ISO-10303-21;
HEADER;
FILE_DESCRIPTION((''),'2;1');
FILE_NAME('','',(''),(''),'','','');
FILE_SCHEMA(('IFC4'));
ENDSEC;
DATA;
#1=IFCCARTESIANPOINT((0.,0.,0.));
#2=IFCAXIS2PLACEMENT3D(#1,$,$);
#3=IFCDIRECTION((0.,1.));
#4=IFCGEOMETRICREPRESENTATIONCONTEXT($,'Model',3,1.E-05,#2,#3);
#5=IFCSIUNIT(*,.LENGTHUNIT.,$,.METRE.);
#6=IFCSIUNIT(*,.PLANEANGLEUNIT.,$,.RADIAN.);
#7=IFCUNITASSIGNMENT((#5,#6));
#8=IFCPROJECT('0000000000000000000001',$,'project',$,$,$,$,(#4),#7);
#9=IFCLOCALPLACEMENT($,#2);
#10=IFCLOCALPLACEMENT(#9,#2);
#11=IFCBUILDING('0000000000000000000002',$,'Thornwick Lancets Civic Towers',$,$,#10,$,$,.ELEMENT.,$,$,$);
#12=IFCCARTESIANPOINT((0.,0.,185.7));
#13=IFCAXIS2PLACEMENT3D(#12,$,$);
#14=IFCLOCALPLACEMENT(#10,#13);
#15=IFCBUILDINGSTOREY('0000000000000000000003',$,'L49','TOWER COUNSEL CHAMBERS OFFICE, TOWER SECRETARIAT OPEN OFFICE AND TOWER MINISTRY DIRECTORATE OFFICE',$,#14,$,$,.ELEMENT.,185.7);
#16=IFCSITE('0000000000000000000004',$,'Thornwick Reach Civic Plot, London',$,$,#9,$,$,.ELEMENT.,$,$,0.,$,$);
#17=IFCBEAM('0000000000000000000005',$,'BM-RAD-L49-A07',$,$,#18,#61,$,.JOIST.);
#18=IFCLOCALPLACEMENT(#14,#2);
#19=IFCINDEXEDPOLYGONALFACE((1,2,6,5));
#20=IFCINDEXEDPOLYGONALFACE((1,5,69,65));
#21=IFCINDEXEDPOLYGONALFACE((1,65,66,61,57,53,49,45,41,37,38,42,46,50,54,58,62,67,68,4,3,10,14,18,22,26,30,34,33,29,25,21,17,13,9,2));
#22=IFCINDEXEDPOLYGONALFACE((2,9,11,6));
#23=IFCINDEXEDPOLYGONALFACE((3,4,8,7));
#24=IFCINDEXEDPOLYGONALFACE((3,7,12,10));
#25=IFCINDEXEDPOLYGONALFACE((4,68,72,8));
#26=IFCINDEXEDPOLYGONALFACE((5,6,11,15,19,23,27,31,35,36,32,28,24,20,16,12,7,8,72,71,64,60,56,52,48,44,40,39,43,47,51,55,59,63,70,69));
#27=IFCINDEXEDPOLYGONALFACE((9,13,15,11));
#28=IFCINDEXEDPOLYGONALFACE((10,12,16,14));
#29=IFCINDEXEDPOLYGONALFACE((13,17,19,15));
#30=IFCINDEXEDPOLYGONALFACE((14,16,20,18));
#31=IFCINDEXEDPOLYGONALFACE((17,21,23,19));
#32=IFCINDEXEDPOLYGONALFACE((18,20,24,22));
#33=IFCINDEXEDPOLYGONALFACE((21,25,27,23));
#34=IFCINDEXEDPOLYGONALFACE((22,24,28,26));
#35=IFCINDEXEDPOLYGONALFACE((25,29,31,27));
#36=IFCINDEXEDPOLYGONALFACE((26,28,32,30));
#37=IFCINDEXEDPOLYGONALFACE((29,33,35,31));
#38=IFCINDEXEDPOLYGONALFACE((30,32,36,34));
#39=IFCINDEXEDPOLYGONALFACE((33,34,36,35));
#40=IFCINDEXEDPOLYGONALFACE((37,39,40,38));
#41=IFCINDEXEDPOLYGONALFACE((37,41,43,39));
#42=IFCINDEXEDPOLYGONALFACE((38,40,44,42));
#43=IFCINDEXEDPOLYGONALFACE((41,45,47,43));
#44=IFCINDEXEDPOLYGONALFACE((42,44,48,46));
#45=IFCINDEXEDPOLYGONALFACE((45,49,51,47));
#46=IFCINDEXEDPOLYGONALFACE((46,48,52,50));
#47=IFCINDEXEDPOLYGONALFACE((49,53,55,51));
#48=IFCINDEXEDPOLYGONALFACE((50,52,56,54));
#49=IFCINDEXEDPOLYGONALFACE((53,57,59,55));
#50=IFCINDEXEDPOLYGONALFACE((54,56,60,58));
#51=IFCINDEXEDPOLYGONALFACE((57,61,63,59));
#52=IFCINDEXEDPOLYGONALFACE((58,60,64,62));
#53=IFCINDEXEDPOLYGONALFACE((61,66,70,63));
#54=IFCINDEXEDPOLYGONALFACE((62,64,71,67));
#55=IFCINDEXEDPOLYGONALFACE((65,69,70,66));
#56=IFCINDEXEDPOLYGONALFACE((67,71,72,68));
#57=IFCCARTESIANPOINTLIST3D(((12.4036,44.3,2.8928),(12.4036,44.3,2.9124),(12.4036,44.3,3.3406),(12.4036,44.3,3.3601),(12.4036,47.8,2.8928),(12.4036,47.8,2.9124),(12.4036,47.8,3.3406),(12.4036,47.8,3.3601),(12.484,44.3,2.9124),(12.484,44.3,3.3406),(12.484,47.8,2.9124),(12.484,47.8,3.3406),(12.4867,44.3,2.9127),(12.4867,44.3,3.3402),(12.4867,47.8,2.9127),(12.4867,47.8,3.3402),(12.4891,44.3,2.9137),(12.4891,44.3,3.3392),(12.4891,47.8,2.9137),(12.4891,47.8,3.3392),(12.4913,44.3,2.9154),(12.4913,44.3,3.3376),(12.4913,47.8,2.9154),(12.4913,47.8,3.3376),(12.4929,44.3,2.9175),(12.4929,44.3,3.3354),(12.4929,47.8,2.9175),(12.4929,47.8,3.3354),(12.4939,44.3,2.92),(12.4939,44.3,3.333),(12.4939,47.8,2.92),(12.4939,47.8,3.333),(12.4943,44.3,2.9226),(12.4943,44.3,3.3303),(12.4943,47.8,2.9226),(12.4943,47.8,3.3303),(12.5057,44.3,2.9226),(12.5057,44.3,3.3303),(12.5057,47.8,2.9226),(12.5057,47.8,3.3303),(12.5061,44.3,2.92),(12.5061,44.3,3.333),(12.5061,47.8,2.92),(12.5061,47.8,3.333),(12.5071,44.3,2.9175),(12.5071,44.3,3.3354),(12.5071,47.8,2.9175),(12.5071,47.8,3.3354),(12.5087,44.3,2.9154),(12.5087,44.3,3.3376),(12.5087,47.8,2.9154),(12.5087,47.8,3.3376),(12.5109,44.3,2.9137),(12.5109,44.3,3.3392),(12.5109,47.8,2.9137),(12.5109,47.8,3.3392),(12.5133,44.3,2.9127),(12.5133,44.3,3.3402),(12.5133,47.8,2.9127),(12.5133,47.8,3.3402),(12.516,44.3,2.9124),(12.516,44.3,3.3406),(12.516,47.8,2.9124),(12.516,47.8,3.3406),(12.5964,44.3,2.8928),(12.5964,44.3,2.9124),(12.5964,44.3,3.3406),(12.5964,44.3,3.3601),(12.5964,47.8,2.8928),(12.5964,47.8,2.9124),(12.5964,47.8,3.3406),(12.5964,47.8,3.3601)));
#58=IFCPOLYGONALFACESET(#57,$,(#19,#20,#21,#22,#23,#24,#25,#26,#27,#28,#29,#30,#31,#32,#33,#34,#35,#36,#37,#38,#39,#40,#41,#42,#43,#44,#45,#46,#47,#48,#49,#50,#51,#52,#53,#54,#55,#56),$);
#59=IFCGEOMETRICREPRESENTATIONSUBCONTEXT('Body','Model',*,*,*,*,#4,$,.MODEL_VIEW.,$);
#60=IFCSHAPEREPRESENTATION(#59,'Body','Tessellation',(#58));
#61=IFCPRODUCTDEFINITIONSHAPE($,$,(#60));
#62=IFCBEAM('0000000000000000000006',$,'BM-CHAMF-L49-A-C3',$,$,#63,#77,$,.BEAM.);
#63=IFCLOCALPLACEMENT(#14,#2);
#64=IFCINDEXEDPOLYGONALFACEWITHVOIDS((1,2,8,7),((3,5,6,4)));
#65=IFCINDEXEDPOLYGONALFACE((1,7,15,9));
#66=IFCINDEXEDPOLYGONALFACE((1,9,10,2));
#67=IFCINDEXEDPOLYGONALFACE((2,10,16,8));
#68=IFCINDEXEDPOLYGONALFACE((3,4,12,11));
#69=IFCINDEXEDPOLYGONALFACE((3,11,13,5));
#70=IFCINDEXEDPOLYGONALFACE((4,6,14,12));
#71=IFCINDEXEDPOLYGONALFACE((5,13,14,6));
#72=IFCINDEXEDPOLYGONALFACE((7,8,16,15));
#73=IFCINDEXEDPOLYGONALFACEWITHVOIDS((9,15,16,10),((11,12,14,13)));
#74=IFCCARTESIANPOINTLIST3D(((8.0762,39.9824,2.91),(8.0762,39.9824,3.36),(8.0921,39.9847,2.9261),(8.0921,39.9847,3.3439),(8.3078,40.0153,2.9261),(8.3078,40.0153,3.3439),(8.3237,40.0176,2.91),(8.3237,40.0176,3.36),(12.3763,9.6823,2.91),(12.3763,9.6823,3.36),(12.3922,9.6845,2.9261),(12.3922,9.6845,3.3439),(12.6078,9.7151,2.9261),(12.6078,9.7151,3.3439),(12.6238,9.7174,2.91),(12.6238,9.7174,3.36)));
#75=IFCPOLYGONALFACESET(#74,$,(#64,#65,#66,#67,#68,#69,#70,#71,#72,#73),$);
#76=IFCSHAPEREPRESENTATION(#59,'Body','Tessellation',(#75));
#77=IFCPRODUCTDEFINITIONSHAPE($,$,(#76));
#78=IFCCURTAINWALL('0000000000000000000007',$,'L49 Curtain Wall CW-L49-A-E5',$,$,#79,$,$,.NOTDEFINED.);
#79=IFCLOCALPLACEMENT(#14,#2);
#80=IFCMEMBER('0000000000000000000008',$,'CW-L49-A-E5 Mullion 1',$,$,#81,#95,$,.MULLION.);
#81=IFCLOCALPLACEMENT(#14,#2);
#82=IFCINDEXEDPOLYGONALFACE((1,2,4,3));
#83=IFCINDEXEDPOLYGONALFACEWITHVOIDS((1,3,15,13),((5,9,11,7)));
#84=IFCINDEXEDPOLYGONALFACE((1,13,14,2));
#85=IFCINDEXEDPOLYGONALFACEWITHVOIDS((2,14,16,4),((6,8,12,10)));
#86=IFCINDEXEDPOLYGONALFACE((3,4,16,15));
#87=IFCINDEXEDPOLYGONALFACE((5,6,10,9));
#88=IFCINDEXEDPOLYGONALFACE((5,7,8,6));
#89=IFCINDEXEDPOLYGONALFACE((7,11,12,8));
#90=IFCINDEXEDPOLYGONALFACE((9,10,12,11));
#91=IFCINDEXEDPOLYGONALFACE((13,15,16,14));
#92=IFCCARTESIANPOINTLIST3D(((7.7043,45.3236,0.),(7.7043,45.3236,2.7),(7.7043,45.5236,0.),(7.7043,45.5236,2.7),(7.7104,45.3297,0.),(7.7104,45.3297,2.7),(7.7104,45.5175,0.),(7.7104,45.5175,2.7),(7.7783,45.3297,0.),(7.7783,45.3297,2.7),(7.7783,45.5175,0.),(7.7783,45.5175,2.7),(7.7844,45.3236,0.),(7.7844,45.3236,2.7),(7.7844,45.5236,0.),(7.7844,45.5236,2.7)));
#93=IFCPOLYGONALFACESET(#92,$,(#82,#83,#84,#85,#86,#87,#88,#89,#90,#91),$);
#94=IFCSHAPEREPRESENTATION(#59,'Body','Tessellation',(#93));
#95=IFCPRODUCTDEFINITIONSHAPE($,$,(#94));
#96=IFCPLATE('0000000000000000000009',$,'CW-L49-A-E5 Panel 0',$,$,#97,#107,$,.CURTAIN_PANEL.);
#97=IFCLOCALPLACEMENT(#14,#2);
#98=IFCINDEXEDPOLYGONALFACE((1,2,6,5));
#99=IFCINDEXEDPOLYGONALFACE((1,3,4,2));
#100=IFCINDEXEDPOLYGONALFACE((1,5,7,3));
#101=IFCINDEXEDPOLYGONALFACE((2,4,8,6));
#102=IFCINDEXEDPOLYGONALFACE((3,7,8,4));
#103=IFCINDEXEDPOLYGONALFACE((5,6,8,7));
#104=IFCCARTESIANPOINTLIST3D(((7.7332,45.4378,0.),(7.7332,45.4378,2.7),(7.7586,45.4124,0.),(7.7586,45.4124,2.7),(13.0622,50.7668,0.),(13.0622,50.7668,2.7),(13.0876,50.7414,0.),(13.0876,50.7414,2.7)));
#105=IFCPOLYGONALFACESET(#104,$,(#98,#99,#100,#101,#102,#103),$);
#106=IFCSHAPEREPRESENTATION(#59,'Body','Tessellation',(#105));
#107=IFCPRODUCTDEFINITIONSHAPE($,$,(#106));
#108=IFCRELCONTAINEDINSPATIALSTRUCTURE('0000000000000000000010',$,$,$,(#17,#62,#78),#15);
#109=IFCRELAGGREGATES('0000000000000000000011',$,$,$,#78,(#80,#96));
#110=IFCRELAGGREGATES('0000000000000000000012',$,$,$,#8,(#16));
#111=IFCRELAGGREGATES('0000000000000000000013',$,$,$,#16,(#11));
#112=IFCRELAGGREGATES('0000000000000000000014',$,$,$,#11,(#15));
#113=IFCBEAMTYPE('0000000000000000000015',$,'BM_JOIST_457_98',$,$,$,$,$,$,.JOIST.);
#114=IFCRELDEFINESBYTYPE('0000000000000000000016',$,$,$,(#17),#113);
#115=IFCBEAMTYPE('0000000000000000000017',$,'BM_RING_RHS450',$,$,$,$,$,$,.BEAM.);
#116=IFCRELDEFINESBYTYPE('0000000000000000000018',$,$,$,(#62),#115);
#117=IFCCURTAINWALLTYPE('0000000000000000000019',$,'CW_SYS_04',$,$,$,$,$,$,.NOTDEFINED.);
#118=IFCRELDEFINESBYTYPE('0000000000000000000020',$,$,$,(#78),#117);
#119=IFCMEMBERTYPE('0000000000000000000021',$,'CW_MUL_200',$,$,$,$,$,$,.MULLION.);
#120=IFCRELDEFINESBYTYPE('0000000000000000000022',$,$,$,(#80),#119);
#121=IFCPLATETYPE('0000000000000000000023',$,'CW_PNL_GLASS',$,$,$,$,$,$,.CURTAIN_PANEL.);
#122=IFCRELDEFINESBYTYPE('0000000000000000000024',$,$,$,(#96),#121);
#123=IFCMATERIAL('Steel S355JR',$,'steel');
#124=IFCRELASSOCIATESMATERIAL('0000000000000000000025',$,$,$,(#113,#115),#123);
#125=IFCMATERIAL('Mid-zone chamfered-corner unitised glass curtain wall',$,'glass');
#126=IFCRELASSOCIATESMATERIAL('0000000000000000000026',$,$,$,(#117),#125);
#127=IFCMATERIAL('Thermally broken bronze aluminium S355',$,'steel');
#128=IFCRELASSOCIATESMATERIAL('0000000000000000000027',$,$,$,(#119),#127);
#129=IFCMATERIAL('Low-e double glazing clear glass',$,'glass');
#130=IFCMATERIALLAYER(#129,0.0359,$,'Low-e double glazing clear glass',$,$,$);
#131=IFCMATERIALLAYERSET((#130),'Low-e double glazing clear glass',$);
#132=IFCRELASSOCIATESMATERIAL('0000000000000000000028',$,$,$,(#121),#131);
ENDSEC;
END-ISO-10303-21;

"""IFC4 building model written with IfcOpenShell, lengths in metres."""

from ifc_helpers import new_model, si_unit, direction, frame, origin, origin_2d, place, context, subcontext, project, spatial, rectangle, hollow_rectangle, i_section, extrude, material, layer, layer_set, material_profile, profile_set, type_object, element, aggregate, save


model = new_model("IFC4")

# Units and contexts
model_context = context("Model", 3, precision=1e-05, world=origin(), true_north=direction((0.0, 1.0)))
body_context = subcontext(model_context, "Body", "Model", "MODEL_VIEW")
ifc_project = project(units=[si_unit("LENGTHUNIT", "METRE"), si_unit("PLANEANGLEUNIT", "RADIAN")], contexts=[model_context])

# Site, building, storey
site_placement = place(None, origin())
site = spatial("IfcSite", under=ifc_project, at=site_placement, Name="Thornwick Reach Civic Plot, London", CompositionType="ELEMENT", RefElevation=0.0)
building_placement = place(site_placement, origin())
building = spatial("IfcBuilding", under=site, at=building_placement, Name="Thornwick Lancets Civic Towers", CompositionType="ELEMENT")
storey_placement = place(building_placement, frame((0.0, 0.0, 185.7)))
storey = spatial("IfcBuildingStorey", under=building, at=storey_placement, Name="L49", Description="TOWER COUNSEL CHAMBERS OFFICE, TOWER SECRETARIAT OPEN OFFICE AND TOWER MINISTRY DIRECTORATE OFFICE", CompositionType="ELEMENT", Elevation=185.7)

# Beams
ifc_material_1 = material(Name="Steel S355JR", Category="steel")
ifc_material_profile_1 = material_profile(ifc_material_1, i_section(OverallWidth=0.1929, OverallDepth=0.4673, WebThickness=0.0115, FlangeThickness=0.0195, FilletRadius=0.0103, at=origin_2d()), Name="UKB 457x191x98")
ifc_profile_set_1 = profile_set([ifc_material_profile_1], Name="Steel S355JR")
beam_type_1 = type_object("IfcBeamType", Name="BM_JOIST_457_98", PredefinedType="JOIST", material=ifc_profile_set_1)
beam_1_placement = place(storey_placement, frame((12.5, 44.3, 3.1265), z_axis=(0.0, 1.0, 0.0), x_axis=(-1.0, 0.0, 0.0)))
element("IfcBeam", 1, at=beam_1_placement, inside=storey, type_object=beam_type_1, Name="BM-RAD-L49-A07", PredefinedType="JOIST", context=body_context, shape_type="SweptSolid", body=[
    extrude(i_section(OverallWidth=0.1929, OverallDepth=0.4673, WebThickness=0.0115, FlangeThickness=0.0195, FilletRadius=0.0103, at=origin_2d()), origin(), (0.0, 0.0, 1.0), 3.5),
])
ifc_material_profile_2 = material_profile(ifc_material_1, hollow_rectangle(XDim=0.25, YDim=0.45, WallThickness=0.0161, at=origin_2d()), Name="RHS 450x250x16")
ifc_profile_set_2 = profile_set([ifc_material_profile_2], Name="Steel S355JR")
beam_type_2 = type_object("IfcBeamType", Name="BM_RING_RHS450", PredefinedType="BEAM", material=ifc_profile_set_2)
beam_2_placement = place(storey_placement, frame((8.2, 40.0, 3.135), z_axis=(0.140508, -0.99008, 0.0), x_axis=(0.99008, 0.140508, 0.0)))
element("IfcBeam", 2, at=beam_2_placement, inside=storey, type_object=beam_type_2, Name="BM-CHAMF-L49-A-C3", PredefinedType="BEAM", context=body_context, shape_type="SweptSolid", body=[
    extrude(hollow_rectangle(XDim=0.25, YDim=0.45, WallThickness=0.0161, at=origin_2d()), origin(), (0.0, 0.0, 1.0), 30.6038),
])

# Curtain wall, member, plate
ifc_material_2 = material(Name="Mid-zone chamfered-corner unitised glass curtain wall", Category="glass")
curtain_wall_type = type_object("IfcCurtainWallType", Name="CW_SYS_04", PredefinedType="NOTDEFINED", material=ifc_material_2)
curtain_wall_placement = place(storey_placement, origin())
curtain_wall = element("IfcCurtainWall", 3, at=curtain_wall_placement, inside=storey, type_object=curtain_wall_type, Name="L49 Curtain Wall CW-L49-A-E5", PredefinedType="NOTDEFINED")
ifc_material_3 = material(Name="Thermally broken bronze aluminium S355", Category="steel")
ifc_material_profile_3 = material_profile(ifc_material_3, hollow_rectangle(XDim=0.0801, YDim=0.2, WallThickness=0.0061, at=origin_2d()), Name="RHS 200x80x6")
ifc_profile_set_3 = profile_set([ifc_material_profile_3], Name="Thermally broken bronze aluminium S355")
member_type = type_object("IfcMemberType", Name="CW_MUL_200", PredefinedType="MULLION", material=ifc_profile_set_3)
member_placement = place(storey_placement, frame((7.7444, 45.4236, 0.0), z_axis=(0.0, 0.0, 1.0), x_axis=(1.0, 0.0, 0.0)))
member = element("IfcMember", 4, at=member_placement, type_object=member_type, Name="CW-L49-A-E5 Mullion 1", PredefinedType="MULLION", context=body_context, shape_type="SweptSolid", body=[
    extrude(hollow_rectangle(XDim=0.0801, YDim=0.2, WallThickness=0.0061, at=origin_2d()), origin(), (0.0, 0.0, 1.0), 2.7),
])
ifc_material_4 = material(Name="Low-e double glazing clear glass", Category="glass")
ifc_layer_1 = layer(ifc_material_4, 0.0359, Name="Low-e double glazing clear glass")
ifc_layer_set_1 = layer_set([ifc_layer_1], Name="Low-e double glazing clear glass")
plate_type = type_object("IfcPlateType", Name="CW_PNL_GLASS", PredefinedType="CURTAIN_PANEL", material=ifc_layer_set_1)
plate_placement = place(storey_placement, frame((10.4104, 48.0896, 0.0), z_axis=(0.0, 0.0, 1.0), x_axis=(-0.707107, -0.707107, 0.0)))
plate = element("IfcPlate", 5, at=plate_placement, type_object=plate_type, Name="CW-L49-A-E5 Panel 0", PredefinedType="CURTAIN_PANEL", context=body_context, shape_type="SweptSolid", body=[
    extrude(rectangle(XDim=7.5364, YDim=0.0359, at=origin_2d()), origin(), (0.0, 0.0, 1.0), 2.7),
])
aggregate(curtain_wall, [member, plate])

save(model, "model.ifc")
